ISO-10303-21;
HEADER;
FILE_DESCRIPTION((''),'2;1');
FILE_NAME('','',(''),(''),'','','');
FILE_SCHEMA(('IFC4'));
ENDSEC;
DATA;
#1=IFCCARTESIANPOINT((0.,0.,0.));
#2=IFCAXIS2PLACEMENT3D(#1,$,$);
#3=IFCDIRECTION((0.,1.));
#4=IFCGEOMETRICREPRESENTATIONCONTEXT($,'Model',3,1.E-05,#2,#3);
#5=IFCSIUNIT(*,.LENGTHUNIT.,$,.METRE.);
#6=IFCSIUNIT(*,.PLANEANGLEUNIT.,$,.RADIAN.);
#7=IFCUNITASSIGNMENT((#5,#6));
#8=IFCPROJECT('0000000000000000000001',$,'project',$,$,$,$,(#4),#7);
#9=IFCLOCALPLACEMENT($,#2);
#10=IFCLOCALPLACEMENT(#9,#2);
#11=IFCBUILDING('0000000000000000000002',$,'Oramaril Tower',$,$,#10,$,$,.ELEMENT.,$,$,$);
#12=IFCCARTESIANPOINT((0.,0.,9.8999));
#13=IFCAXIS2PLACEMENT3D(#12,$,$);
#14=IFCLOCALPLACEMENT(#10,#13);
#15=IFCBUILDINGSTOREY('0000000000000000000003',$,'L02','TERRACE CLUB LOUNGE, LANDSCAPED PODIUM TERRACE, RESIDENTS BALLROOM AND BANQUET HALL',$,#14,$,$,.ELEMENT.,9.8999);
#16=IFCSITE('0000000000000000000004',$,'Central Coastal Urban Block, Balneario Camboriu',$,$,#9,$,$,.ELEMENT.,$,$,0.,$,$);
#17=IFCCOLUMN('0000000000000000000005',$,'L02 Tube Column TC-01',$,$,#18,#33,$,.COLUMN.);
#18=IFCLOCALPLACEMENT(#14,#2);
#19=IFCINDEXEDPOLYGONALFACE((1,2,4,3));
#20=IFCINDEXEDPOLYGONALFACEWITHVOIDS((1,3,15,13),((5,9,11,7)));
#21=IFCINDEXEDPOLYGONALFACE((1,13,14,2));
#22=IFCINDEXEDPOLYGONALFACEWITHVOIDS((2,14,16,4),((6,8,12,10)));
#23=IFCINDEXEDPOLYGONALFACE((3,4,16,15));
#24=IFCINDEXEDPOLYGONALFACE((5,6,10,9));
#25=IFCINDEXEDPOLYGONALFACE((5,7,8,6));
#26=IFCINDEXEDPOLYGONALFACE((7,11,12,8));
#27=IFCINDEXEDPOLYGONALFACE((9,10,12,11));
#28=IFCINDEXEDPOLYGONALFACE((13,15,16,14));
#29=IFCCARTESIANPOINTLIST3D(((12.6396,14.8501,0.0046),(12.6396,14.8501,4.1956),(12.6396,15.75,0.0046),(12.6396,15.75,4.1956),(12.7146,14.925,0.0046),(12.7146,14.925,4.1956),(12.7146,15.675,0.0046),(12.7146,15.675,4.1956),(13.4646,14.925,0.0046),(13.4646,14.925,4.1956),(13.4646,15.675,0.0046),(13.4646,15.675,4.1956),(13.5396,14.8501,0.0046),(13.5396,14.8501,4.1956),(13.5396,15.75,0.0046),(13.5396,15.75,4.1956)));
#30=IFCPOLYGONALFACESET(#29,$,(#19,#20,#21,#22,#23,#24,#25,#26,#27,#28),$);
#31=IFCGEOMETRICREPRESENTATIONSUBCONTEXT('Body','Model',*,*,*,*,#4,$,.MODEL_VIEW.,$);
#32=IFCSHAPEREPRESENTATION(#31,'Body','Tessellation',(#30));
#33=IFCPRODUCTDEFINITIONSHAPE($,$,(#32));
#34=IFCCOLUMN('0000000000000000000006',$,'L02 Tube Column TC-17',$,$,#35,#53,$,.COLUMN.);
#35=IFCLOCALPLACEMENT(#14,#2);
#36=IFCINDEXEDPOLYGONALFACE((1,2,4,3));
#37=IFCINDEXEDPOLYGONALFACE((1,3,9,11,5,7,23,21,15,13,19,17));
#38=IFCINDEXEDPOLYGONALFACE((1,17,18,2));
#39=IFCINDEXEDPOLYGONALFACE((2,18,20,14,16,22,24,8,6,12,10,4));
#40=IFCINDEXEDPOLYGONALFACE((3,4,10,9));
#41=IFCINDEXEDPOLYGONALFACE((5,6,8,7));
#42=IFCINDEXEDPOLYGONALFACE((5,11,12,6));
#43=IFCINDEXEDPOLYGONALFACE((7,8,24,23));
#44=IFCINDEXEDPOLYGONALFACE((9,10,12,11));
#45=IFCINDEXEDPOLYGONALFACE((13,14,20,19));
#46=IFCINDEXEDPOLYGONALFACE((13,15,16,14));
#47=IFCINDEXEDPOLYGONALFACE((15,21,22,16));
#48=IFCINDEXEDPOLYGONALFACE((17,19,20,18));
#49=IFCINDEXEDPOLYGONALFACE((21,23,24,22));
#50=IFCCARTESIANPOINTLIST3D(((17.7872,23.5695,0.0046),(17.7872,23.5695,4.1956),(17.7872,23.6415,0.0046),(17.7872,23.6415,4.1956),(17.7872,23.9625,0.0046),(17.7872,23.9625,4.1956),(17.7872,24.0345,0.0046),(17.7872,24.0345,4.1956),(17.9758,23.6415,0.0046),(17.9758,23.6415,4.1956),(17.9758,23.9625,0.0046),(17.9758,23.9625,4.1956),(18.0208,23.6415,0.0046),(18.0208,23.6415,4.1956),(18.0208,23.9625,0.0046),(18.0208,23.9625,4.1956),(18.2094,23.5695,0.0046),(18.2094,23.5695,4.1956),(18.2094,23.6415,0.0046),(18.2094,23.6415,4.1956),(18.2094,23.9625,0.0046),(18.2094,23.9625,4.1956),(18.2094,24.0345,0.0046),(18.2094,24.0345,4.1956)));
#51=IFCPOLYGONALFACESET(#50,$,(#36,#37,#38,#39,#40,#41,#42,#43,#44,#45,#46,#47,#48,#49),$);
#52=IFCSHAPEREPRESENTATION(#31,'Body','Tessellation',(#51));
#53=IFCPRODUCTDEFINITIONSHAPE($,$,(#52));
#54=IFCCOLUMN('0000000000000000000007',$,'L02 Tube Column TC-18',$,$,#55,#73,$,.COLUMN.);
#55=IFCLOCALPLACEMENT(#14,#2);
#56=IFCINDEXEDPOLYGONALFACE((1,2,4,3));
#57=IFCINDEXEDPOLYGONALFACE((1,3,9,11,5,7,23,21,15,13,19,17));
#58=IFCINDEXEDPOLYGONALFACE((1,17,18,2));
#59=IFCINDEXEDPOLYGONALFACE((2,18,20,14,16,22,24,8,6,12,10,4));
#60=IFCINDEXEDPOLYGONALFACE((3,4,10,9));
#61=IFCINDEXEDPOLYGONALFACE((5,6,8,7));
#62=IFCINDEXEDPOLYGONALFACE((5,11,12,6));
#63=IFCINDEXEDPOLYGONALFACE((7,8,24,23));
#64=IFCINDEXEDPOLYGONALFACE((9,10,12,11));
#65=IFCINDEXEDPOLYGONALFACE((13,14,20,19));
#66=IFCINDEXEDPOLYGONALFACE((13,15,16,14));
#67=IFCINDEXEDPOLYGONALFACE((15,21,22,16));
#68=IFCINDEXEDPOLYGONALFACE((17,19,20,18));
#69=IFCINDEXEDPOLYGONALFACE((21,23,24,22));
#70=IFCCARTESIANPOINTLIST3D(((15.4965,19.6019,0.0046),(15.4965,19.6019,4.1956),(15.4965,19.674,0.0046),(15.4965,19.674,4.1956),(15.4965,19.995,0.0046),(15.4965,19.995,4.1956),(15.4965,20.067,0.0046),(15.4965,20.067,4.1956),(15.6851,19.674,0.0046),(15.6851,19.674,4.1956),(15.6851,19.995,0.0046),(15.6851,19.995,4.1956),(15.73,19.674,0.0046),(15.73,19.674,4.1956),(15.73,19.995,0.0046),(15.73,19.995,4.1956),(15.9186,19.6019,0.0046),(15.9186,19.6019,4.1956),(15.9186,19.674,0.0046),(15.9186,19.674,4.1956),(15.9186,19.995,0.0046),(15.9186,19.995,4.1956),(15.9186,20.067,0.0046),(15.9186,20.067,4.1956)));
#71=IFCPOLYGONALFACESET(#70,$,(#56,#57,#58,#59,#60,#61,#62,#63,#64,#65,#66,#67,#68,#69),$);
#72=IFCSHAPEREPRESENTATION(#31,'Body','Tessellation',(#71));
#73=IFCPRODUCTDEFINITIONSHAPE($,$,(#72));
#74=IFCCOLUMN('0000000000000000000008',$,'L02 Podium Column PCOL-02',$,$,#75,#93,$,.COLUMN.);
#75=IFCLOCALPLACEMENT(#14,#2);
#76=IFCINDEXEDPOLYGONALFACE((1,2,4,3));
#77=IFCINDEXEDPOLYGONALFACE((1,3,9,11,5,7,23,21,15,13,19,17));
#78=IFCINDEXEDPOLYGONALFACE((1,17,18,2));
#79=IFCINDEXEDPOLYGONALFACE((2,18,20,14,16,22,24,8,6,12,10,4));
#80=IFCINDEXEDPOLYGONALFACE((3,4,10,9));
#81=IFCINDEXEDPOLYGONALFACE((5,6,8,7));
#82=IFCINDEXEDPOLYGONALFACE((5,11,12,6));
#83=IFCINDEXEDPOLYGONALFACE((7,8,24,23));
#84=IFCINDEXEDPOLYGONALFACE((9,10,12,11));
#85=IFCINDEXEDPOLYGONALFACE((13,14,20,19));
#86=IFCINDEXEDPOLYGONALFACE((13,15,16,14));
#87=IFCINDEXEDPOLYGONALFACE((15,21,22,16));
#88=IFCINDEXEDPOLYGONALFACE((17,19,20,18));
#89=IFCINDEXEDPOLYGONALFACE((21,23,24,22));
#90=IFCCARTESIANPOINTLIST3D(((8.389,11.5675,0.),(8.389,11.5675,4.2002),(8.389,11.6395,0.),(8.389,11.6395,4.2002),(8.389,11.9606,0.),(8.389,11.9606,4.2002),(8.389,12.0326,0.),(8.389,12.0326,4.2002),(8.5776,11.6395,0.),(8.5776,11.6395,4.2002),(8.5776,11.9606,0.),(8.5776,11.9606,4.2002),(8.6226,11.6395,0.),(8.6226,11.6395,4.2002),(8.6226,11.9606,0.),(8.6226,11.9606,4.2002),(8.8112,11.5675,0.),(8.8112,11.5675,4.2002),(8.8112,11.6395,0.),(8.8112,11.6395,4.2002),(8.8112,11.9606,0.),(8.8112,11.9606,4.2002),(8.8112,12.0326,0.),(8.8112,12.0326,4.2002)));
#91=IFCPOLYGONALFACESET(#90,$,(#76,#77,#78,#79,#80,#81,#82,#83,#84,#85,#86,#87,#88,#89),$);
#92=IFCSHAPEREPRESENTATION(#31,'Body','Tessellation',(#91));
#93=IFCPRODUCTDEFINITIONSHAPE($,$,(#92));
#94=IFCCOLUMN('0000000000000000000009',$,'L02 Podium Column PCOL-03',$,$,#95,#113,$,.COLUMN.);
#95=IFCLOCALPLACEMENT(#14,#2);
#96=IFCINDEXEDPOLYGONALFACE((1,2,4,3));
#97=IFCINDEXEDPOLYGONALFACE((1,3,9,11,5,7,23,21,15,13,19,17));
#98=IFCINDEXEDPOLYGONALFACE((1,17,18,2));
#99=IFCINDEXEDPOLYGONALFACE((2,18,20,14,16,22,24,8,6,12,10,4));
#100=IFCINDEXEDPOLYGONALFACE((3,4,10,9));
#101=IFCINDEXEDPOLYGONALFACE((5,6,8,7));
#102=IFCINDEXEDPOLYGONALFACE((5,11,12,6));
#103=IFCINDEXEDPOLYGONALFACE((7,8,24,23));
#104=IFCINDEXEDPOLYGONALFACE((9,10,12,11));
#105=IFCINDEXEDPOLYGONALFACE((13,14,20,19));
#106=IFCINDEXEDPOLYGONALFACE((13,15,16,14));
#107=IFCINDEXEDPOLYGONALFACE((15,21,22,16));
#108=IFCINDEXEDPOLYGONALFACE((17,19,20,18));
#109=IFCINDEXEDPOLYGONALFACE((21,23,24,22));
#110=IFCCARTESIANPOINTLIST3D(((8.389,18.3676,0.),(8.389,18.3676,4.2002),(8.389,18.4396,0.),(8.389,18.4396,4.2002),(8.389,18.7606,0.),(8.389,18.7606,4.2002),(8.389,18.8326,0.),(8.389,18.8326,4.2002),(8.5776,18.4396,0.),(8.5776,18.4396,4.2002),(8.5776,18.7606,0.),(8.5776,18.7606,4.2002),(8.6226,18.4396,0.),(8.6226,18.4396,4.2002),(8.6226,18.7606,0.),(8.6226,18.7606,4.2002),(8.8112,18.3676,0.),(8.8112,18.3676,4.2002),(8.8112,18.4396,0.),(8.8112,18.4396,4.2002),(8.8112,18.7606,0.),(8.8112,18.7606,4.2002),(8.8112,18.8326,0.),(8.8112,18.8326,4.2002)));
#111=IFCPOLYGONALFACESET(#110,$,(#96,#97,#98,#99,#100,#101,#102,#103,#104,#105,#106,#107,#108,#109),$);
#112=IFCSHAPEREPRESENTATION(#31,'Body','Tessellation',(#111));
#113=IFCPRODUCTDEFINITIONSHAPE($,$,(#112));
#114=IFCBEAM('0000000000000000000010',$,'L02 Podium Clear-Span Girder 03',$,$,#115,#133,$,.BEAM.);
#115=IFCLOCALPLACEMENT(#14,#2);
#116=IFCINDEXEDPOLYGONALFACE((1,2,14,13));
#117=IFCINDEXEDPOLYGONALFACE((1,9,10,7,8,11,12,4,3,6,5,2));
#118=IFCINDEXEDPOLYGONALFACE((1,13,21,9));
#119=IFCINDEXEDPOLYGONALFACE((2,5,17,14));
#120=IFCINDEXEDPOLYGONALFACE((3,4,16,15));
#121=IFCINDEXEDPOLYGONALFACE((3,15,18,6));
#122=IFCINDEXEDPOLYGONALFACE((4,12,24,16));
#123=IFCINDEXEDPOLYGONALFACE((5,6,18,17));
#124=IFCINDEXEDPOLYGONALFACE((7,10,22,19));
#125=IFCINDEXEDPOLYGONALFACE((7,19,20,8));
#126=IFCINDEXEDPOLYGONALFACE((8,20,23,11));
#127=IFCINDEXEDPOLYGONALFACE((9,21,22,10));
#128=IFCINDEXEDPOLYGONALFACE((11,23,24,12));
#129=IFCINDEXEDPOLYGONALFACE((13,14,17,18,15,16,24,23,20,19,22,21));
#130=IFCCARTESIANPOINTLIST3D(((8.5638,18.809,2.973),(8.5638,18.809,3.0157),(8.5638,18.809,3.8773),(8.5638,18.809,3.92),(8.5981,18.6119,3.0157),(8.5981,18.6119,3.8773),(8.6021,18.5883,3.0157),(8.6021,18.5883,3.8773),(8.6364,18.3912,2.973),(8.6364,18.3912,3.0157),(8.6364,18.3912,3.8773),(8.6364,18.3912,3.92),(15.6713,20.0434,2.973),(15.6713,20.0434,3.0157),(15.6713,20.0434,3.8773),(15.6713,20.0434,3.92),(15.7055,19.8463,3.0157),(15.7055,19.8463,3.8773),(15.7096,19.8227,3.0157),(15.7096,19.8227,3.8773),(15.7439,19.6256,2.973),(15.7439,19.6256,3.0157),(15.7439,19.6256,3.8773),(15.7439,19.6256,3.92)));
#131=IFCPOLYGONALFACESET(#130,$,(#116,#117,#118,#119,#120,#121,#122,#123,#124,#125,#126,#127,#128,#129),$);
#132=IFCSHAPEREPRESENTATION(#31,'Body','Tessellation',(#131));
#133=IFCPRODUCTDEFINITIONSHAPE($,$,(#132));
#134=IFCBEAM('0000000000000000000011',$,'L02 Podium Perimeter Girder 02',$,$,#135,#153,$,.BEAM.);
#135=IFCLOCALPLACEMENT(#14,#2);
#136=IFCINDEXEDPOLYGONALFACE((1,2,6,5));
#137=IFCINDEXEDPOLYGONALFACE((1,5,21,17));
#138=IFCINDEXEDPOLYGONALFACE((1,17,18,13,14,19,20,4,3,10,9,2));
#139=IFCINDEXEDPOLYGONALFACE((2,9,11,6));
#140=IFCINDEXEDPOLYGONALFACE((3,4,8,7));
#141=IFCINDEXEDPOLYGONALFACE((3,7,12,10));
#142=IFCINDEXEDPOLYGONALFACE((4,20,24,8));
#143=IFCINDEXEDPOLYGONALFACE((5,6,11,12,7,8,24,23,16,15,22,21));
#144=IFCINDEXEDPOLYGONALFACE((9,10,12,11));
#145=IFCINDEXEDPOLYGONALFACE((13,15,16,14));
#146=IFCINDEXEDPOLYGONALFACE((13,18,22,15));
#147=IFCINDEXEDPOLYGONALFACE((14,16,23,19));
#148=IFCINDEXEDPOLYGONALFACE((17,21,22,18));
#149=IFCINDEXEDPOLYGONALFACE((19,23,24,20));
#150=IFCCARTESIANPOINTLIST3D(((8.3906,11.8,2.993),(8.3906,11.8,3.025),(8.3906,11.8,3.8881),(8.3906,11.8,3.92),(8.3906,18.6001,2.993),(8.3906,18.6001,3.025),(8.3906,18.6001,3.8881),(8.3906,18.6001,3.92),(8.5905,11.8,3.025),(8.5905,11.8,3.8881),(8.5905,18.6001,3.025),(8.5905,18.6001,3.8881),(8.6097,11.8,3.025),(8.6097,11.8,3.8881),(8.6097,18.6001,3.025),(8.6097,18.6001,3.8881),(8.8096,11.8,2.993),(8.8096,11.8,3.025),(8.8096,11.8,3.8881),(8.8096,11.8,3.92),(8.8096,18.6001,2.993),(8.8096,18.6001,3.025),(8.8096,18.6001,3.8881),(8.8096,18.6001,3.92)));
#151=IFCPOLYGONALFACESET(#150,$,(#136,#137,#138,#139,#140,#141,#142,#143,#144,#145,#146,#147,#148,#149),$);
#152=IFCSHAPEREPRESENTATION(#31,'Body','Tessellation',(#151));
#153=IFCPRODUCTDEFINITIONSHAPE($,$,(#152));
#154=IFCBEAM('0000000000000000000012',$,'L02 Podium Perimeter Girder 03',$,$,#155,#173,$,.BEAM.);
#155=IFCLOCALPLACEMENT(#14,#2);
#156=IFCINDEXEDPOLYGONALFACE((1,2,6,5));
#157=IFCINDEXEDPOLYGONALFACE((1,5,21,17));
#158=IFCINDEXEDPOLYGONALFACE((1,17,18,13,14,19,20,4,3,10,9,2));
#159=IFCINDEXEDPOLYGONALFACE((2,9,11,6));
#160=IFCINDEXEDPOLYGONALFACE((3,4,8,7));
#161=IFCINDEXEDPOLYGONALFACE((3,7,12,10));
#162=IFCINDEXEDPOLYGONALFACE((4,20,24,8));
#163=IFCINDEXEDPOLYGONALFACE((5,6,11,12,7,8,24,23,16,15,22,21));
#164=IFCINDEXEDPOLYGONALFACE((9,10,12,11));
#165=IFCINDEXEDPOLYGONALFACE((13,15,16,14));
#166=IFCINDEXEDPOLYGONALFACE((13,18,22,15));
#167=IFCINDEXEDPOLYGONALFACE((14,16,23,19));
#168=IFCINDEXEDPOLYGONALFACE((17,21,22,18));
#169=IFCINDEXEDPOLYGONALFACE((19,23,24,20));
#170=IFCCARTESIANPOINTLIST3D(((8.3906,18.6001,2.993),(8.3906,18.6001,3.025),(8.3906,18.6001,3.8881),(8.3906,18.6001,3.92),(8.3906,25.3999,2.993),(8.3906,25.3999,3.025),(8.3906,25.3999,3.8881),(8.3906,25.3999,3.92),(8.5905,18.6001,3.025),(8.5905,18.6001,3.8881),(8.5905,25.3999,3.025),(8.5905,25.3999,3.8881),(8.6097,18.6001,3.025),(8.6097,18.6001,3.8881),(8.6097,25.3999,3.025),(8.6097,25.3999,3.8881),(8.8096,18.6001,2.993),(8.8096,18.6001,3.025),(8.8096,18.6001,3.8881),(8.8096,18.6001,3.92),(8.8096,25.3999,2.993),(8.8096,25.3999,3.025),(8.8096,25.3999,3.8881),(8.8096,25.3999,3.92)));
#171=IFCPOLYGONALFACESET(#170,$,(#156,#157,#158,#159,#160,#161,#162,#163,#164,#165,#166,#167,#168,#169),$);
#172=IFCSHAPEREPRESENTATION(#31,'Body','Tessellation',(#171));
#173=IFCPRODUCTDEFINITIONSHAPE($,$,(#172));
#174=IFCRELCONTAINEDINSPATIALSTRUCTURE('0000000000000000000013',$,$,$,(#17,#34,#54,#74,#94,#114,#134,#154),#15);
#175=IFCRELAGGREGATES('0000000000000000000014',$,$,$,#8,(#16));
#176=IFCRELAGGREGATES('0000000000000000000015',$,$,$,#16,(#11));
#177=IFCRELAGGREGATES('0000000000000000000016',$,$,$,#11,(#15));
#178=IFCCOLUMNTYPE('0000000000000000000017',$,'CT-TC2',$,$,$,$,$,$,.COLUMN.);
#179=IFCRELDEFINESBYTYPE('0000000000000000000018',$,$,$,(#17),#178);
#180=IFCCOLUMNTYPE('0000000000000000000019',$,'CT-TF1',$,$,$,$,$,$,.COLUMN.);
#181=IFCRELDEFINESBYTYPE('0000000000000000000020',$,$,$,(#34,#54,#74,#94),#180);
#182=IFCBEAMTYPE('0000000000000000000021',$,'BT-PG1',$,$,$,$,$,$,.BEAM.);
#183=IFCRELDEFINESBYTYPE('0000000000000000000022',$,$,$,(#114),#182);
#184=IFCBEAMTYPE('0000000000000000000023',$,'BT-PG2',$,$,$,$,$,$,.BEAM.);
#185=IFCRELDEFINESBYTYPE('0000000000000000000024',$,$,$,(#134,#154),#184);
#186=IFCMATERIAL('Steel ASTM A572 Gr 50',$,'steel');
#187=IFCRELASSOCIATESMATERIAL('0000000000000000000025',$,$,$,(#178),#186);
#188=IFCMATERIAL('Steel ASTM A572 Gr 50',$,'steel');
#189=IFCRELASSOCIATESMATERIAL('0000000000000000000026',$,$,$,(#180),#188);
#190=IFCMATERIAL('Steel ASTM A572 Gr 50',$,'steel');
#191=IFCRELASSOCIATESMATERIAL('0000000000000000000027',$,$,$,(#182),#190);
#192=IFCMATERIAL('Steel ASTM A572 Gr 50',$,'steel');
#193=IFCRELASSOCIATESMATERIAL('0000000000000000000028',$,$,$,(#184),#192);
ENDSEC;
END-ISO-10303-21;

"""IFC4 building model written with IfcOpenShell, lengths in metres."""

from ifc_helpers import new_model, si_unit, direction, frame, origin, origin_2d, place, context, subcontext, project, spatial, hollow_rectangle, i_section, extrude, material, material_profile, profile_set, type_object, element, save


model = new_model("IFC4")

# Units and contexts
model_context = context("Model", 3, precision=1e-05, world=origin(), true_north=direction((0.0, 1.0)))
body_context = subcontext(model_context, "Body", "Model", "MODEL_VIEW")
ifc_project = project(units=[si_unit("LENGTHUNIT", "METRE"), si_unit("PLANEANGLEUNIT", "RADIAN")], contexts=[model_context])

# Site, building, storey
site_placement = place(None, origin())
site = spatial("IfcSite", under=ifc_project, at=site_placement, Name="Central Coastal Urban Block, Balneario Camboriu", CompositionType="ELEMENT", RefElevation=0.0)
building_placement = place(site_placement, origin())
building = spatial("IfcBuilding", under=site, at=building_placement, Name="Oramaril Tower", CompositionType="ELEMENT")
storey_placement = place(building_placement, frame((0.0, 0.0, 9.8999)))
storey = spatial("IfcBuildingStorey", under=building, at=storey_placement, Name="L02", Description="TERRACE CLUB LOUNGE, LANDSCAPED PODIUM TERRACE, RESIDENTS BALLROOM AND BANQUET HALL", CompositionType="ELEMENT", Elevation=9.8999)

# Columns
ifc_material_1 = material(Name="Steel ASTM A572 Gr 50", Category="steel")
ifc_material_profile_1 = material_profile(ifc_material_1, hollow_rectangle(XDim=0.8999, YDim=0.8999, WallThickness=0.075, at=origin_2d()), Name="BOX900X900X75")
ifc_profile_set_1 = profile_set([ifc_material_profile_1], Name="Steel ASTM A572 Gr 50")
column_type_1 = type_object("IfcColumnType", Name="CT-TC2", PredefinedType="COLUMN", material=ifc_profile_set_1)
column_placement = place(storey_placement, frame((13.0896, 15.3, 0.0046), z_axis=(0.0, 0.0, 1.0), x_axis=(1.0, 0.0, 0.0)))
element("IfcColumn", 1, at=column_placement, inside=storey, type_object=column_type_1, Name="L02 Tube Column TC-01", PredefinedType="COLUMN", context=body_context, shape_type="SweptSolid", body=[
    extrude(hollow_rectangle(XDim=0.8999, YDim=0.8999, WallThickness=0.075, at=origin_2d()), origin(), (0.0, 0.0, 1.0), 4.1909),
])
ifc_material_2 = material(Name="Steel ASTM A572 Gr 50", Category="steel")
ifc_material_profile_2 = material_profile(ifc_material_2, i_section(OverallWidth=0.4221, OverallDepth=0.4651, WebThickness=0.0449, FlangeThickness=0.072, at=origin_2d()), Name="W14X398")
ifc_profile_set_2 = profile_set([ifc_material_profile_2], Name="Steel ASTM A572 Gr 50")
column_type_2 = type_object("IfcColumnType", Name="CT-TF1", PredefinedType="COLUMN", material=ifc_profile_set_2)
for number, where, z_axis, x_axis, name in (
    (2, (17.9983, 23.802, 0.0046), (0.0, 0.0, 1.0), (1.0, 0.0, 0.0), "L02 Tube Column TC-17"),
    (3, (15.7075, 19.8345, 0.0046), (0.0, 0.0, 1.0), (1.0, 0.0, 0.0), "L02 Tube Column TC-18"),
):
    element("IfcColumn", number, at=place(storey_placement, frame(where, z_axis=z_axis, x_axis=x_axis)), inside=storey, type_object=column_type_2, Name=name, PredefinedType="COLUMN", context=body_context, shape_type="SweptSolid", body=[
        extrude(i_section(OverallWidth=0.4221, OverallDepth=0.4651, WebThickness=0.0449, FlangeThickness=0.072, at=origin_2d()), origin(), (0.0, 0.0, 1.0), 4.1909),
    ])
for number, where, z_axis, x_axis, name in (
    (4, (8.6001, 11.8, 0.0), (0.0, 0.0, 1.0), (1.0, 0.0, 0.0), "L02 Podium Column PCOL-02"),
    (5, (8.6001, 18.6001, 0.0), (0.0, 0.0, 1.0), (1.0, 0.0, 0.0), "L02 Podium Column PCOL-03"),
):
    element("IfcColumn", number, at=place(storey_placement, frame(where, z_axis=z_axis, x_axis=x_axis)), inside=storey, type_object=column_type_2, Name=name, PredefinedType="COLUMN", context=body_context, shape_type="SweptSolid", body=[
        extrude(i_section(OverallWidth=0.4221, OverallDepth=0.4651, WebThickness=0.0449, FlangeThickness=0.072, at=origin_2d()), origin(), (0.0, 0.0, 1.0), 4.2002),
    ])

# Beams
ifc_material_3 = material(Name="Steel ASTM A572 Gr 50", Category="steel")
ifc_material_profile_3 = material_profile(ifc_material_3, i_section(OverallWidth=0.4241, OverallDepth=0.947, WebThickness=0.0239, FlangeThickness=0.0427, at=origin_2d()), Name="W36X302")
ifc_profile_set_3 = profile_set([ifc_material_profile_3], Name="Steel ASTM A572 Gr 50")
beam_type_1 = type_object("IfcBeamType", Name="BT-PG1", PredefinedType="BEAM", material=ifc_profile_set_3)
beam_1_placement = place(storey_placement, frame((8.6001, 18.6001, 3.4465), z_axis=(0.985251, 0.171113, 0.0), x_axis=(-0.171113, 0.985251, 0.0)))
element("IfcBeam", 6, at=beam_1_placement, inside=storey, type_object=beam_type_1, Name="L02 Podium Clear-Span Girder 03", PredefinedType="BEAM", context=body_context, shape_type="SweptSolid", body=[
    extrude(i_section(OverallWidth=0.4241, OverallDepth=0.947, WebThickness=0.0239, FlangeThickness=0.0427, at=origin_2d()), origin(), (0.0, 0.0, 1.0), 7.2139),
])
ifc_material_4 = material(Name="Steel ASTM A572 Gr 50", Category="steel")
ifc_material_profile_4 = material_profile(ifc_material_4, i_section(OverallWidth=0.4189, OverallDepth=0.927, WebThickness=0.0193, FlangeThickness=0.032, at=origin_2d()), Name="W36X231")
ifc_profile_set_4 = profile_set([ifc_material_profile_4], Name="Steel ASTM A572 Gr 50")
beam_type_2 = type_object("IfcBeamType", Name="BT-PG2", PredefinedType="BEAM", material=ifc_profile_set_4)
beam_2_placement = place(storey_placement, frame((8.6001, 11.8, 3.4565), z_axis=(0.0, 1.0, 0.0), x_axis=(-1.0, 0.0, 0.0)))
element("IfcBeam", 7, at=beam_2_placement, inside=storey, type_object=beam_type_2, Name="L02 Podium Perimeter Girder 02", PredefinedType="BEAM", context=body_context, shape_type="SweptSolid", body=[
    extrude(i_section(OverallWidth=0.4189, OverallDepth=0.927, WebThickness=0.0193, FlangeThickness=0.032, at=origin_2d()), origin(), (0.0, 0.0, 1.0), 6.8),
])
beam_3_placement = place(storey_placement, frame((8.6001, 18.6001, 3.4565), z_axis=(0.0, 1.0, 0.0), x_axis=(-1.0, 0.0, 0.0)))
element("IfcBeam", 8, at=beam_3_placement, inside=storey, type_object=beam_type_2, Name="L02 Podium Perimeter Girder 03", PredefinedType="BEAM", context=body_context, shape_type="SweptSolid", body=[
    extrude(i_section(OverallWidth=0.4189, OverallDepth=0.927, WebThickness=0.0193, FlangeThickness=0.032, at=origin_2d()), origin(), (0.0, 0.0, 1.0), 6.7998),
])

save(model, "model.ifc")
